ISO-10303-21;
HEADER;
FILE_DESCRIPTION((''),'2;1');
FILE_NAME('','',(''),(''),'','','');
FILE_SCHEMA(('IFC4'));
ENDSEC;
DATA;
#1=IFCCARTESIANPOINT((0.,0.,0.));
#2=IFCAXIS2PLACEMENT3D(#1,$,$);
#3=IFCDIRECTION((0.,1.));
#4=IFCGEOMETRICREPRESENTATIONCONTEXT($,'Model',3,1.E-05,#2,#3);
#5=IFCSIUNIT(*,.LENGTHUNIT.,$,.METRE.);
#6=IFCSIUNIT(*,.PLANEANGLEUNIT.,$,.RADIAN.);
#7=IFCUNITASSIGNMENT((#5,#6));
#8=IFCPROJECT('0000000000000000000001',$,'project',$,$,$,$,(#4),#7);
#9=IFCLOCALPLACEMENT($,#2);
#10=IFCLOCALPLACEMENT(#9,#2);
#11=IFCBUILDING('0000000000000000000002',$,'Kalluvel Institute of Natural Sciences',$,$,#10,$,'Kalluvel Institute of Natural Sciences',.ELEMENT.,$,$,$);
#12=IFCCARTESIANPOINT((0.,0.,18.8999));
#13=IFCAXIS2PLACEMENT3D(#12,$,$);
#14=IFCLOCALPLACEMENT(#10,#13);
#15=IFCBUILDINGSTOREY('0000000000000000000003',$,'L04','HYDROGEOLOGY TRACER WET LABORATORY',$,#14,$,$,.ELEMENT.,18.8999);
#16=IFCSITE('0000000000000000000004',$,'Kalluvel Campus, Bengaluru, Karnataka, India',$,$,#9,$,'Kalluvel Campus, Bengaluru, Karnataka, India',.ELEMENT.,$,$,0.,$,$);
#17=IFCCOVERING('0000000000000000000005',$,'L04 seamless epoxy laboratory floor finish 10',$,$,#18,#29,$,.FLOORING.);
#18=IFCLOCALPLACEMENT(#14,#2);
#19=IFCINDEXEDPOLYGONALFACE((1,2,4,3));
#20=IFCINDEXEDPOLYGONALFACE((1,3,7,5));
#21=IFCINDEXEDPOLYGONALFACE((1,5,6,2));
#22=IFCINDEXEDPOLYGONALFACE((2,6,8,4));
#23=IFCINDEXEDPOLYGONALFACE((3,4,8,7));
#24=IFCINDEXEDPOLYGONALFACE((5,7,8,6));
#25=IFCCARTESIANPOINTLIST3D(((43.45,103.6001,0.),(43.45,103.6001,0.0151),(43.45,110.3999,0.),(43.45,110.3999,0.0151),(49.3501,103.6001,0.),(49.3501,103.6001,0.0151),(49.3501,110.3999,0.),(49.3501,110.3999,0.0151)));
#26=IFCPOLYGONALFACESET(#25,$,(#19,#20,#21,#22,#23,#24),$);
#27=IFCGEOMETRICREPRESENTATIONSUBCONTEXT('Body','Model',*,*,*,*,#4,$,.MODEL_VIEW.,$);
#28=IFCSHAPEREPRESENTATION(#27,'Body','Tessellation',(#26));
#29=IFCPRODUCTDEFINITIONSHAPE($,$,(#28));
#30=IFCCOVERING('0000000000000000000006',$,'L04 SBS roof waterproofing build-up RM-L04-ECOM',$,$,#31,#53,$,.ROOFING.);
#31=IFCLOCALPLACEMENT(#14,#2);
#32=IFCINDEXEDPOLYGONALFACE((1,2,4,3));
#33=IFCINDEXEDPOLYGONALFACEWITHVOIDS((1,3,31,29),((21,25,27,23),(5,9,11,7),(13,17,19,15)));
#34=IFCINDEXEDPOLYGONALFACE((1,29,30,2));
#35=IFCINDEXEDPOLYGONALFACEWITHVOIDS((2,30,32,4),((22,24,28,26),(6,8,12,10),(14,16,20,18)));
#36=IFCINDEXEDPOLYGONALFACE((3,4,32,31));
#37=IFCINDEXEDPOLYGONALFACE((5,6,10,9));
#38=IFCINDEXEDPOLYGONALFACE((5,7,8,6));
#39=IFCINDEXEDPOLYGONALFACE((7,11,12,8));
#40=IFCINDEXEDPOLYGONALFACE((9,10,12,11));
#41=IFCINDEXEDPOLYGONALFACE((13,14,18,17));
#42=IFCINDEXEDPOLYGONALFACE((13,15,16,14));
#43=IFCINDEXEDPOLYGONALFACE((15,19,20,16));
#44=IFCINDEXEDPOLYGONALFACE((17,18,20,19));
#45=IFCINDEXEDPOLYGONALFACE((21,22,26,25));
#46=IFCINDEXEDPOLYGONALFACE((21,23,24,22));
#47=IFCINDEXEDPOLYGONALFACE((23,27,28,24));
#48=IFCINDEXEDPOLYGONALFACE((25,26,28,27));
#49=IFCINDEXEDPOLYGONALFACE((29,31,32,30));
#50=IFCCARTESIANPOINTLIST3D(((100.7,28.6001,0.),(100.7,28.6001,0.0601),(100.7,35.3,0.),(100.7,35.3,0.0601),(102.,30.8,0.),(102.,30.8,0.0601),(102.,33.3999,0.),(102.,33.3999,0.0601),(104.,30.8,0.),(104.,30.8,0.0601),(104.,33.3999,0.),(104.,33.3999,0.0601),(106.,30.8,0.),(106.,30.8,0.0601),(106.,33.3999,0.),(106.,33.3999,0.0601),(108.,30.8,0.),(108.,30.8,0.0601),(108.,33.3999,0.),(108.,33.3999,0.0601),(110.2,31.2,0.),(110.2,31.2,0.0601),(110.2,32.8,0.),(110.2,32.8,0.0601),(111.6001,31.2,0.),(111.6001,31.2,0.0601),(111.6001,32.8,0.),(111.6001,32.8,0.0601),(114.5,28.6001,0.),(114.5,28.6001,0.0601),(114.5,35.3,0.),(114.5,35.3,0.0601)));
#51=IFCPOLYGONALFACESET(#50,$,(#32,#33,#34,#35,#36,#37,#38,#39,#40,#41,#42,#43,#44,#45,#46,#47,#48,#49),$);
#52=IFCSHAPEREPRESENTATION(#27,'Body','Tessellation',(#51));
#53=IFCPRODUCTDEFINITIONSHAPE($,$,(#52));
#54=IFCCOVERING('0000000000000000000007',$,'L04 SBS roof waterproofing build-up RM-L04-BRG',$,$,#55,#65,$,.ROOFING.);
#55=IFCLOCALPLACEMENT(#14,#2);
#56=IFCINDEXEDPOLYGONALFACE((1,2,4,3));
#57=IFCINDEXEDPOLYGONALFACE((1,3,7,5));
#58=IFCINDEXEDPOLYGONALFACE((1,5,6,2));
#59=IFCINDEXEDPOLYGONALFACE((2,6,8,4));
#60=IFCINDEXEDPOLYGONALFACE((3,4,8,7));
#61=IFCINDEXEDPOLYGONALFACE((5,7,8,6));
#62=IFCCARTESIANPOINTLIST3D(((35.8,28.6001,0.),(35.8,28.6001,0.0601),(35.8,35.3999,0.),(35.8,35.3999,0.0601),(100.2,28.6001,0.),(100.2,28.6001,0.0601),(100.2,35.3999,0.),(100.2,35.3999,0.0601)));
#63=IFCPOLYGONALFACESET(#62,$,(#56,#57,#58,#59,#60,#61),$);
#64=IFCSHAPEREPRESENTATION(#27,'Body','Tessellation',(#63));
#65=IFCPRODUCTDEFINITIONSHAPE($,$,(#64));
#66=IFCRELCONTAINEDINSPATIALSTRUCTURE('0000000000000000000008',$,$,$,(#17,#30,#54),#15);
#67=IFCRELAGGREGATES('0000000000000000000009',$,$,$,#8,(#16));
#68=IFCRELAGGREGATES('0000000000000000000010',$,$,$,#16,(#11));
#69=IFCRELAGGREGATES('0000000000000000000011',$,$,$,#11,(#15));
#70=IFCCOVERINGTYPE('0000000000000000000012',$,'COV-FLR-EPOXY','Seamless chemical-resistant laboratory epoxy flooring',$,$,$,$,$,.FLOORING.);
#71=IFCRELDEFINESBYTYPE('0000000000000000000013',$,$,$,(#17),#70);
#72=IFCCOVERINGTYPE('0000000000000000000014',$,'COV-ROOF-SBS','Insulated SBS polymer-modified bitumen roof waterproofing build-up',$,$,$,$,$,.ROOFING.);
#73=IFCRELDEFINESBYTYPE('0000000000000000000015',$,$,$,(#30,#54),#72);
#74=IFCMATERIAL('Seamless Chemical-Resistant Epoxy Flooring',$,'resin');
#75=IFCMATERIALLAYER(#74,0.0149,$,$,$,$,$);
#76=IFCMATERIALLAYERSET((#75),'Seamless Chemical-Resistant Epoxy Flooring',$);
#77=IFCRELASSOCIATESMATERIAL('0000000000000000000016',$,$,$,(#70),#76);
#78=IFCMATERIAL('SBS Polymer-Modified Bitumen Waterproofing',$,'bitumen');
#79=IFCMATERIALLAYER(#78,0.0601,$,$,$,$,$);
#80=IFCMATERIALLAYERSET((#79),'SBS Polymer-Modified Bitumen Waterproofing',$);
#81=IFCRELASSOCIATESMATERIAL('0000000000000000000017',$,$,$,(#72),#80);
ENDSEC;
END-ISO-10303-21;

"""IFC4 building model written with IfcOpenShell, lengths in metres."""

from ifc_helpers import new_model, si_unit, direction, frame, origin, place, context, subcontext, project, spatial, polyline, outline, extrude, material, layer, layer_set, type_object, element, save


model = new_model("IFC4")

# Units and contexts
model_context = context("Model", 3, precision=1e-05, world=origin(), true_north=direction((0.0, 1.0)))
body_context = subcontext(model_context, "Body", "Model", "MODEL_VIEW")
ifc_project = project(units=[si_unit("LENGTHUNIT", "METRE"), si_unit("PLANEANGLEUNIT", "RADIAN")], contexts=[model_context])

# Site, building, storey
site_placement = place(None, origin())
site = spatial("IfcSite", under=ifc_project, at=site_placement, Name="Kalluvel Campus, Bengaluru, Karnataka, India", LongName="Kalluvel Campus, Bengaluru, Karnataka, India", CompositionType="ELEMENT", RefElevation=0.0)
building_placement = place(site_placement, origin())
building = spatial("IfcBuilding", under=site, at=building_placement, Name="Kalluvel Institute of Natural Sciences", LongName="Kalluvel Institute of Natural Sciences", CompositionType="ELEMENT")
storey_placement = place(building_placement, frame((0.0, 0.0, 18.8999)))
storey = spatial("IfcBuildingStorey", under=building, at=storey_placement, Name="L04", Description="HYDROGEOLOGY TRACER WET LABORATORY", CompositionType="ELEMENT", Elevation=18.8999)

# Coverings
ifc_material_1 = material(Name="Seamless Chemical-Resistant Epoxy Flooring", Category="resin")
ifc_layer_1 = layer(ifc_material_1, 0.0149)
ifc_layer_set_1 = layer_set([ifc_layer_1], Name="Seamless Chemical-Resistant Epoxy Flooring")
covering_type_1 = type_object("IfcCoveringType", Name="COV-FLR-EPOXY", Description="Seamless chemical-resistant laboratory epoxy flooring", PredefinedType="FLOORING", material=ifc_layer_set_1)
covering_1_placement = place(storey_placement, origin())
element("IfcCovering", 1, at=covering_1_placement, inside=storey, type_object=covering_type_1, Name="L04 seamless epoxy laboratory floor finish 10", PredefinedType="FLOORING", context=body_context, shape_type="SweptSolid", body=[
    extrude(outline(polyline([(43.45, 103.6001), (49.3501, 103.6001), (49.3501, 110.3999), (43.45, 110.3999), (43.45, 103.6001)])), origin(), (0.0, 0.0, 1.0), 0.0151),
])
ifc_material_2 = material(Name="SBS Polymer-Modified Bitumen Waterproofing", Category="bitumen")
ifc_layer_2 = layer(ifc_material_2, 0.0601)
ifc_layer_set_2 = layer_set([ifc_layer_2], Name="SBS Polymer-Modified Bitumen Waterproofing")
covering_type_2 = type_object("IfcCoveringType", Name="COV-ROOF-SBS", Description="Insulated SBS polymer-modified bitumen roof waterproofing build-up", PredefinedType="ROOFING", material=ifc_layer_set_2)
covering_2_placement = place(storey_placement, origin())
element("IfcCovering", 2, at=covering_2_placement, inside=storey, type_object=covering_type_2, Name="L04 SBS roof waterproofing build-up RM-L04-ECOM", PredefinedType="ROOFING", context=body_context, shape_type="SweptSolid", body=[
    extrude(outline(polyline([(100.7, 28.6001), (114.5, 28.6001), (114.5, 35.3), (100.7, 35.3), (100.7, 28.6001)]), holes=[polyline([(102.0, 30.8), (104.0, 30.8), (104.0, 33.3999), (102.0, 33.3999), (102.0, 30.8)]), polyline([(106.0, 30.8), (108.0, 30.8), (108.0, 33.3999), (106.0, 33.3999), (106.0, 30.8)]), polyline([(110.2, 31.2), (111.6001, 31.2), (111.6001, 32.8), (110.2, 32.8), (110.2, 31.2)])]), origin(), (0.0, 0.0, 1.0), 0.0601),
])
covering_3_placement = place(storey_placement, origin())
element("IfcCovering", 3, at=covering_3_placement, inside=storey, type_object=covering_type_2, Name="L04 SBS roof waterproofing build-up RM-L04-BRG", PredefinedType="ROOFING", context=body_context, shape_type="SweptSolid", body=[
    extrude(outline(polyline([(35.8, 28.6001), (100.2, 28.6001), (100.2, 35.3999), (35.8, 35.3999), (35.8, 28.6001)])), origin(), (0.0, 0.0, 1.0), 0.0601),
])

save(model, "model.ifc")
